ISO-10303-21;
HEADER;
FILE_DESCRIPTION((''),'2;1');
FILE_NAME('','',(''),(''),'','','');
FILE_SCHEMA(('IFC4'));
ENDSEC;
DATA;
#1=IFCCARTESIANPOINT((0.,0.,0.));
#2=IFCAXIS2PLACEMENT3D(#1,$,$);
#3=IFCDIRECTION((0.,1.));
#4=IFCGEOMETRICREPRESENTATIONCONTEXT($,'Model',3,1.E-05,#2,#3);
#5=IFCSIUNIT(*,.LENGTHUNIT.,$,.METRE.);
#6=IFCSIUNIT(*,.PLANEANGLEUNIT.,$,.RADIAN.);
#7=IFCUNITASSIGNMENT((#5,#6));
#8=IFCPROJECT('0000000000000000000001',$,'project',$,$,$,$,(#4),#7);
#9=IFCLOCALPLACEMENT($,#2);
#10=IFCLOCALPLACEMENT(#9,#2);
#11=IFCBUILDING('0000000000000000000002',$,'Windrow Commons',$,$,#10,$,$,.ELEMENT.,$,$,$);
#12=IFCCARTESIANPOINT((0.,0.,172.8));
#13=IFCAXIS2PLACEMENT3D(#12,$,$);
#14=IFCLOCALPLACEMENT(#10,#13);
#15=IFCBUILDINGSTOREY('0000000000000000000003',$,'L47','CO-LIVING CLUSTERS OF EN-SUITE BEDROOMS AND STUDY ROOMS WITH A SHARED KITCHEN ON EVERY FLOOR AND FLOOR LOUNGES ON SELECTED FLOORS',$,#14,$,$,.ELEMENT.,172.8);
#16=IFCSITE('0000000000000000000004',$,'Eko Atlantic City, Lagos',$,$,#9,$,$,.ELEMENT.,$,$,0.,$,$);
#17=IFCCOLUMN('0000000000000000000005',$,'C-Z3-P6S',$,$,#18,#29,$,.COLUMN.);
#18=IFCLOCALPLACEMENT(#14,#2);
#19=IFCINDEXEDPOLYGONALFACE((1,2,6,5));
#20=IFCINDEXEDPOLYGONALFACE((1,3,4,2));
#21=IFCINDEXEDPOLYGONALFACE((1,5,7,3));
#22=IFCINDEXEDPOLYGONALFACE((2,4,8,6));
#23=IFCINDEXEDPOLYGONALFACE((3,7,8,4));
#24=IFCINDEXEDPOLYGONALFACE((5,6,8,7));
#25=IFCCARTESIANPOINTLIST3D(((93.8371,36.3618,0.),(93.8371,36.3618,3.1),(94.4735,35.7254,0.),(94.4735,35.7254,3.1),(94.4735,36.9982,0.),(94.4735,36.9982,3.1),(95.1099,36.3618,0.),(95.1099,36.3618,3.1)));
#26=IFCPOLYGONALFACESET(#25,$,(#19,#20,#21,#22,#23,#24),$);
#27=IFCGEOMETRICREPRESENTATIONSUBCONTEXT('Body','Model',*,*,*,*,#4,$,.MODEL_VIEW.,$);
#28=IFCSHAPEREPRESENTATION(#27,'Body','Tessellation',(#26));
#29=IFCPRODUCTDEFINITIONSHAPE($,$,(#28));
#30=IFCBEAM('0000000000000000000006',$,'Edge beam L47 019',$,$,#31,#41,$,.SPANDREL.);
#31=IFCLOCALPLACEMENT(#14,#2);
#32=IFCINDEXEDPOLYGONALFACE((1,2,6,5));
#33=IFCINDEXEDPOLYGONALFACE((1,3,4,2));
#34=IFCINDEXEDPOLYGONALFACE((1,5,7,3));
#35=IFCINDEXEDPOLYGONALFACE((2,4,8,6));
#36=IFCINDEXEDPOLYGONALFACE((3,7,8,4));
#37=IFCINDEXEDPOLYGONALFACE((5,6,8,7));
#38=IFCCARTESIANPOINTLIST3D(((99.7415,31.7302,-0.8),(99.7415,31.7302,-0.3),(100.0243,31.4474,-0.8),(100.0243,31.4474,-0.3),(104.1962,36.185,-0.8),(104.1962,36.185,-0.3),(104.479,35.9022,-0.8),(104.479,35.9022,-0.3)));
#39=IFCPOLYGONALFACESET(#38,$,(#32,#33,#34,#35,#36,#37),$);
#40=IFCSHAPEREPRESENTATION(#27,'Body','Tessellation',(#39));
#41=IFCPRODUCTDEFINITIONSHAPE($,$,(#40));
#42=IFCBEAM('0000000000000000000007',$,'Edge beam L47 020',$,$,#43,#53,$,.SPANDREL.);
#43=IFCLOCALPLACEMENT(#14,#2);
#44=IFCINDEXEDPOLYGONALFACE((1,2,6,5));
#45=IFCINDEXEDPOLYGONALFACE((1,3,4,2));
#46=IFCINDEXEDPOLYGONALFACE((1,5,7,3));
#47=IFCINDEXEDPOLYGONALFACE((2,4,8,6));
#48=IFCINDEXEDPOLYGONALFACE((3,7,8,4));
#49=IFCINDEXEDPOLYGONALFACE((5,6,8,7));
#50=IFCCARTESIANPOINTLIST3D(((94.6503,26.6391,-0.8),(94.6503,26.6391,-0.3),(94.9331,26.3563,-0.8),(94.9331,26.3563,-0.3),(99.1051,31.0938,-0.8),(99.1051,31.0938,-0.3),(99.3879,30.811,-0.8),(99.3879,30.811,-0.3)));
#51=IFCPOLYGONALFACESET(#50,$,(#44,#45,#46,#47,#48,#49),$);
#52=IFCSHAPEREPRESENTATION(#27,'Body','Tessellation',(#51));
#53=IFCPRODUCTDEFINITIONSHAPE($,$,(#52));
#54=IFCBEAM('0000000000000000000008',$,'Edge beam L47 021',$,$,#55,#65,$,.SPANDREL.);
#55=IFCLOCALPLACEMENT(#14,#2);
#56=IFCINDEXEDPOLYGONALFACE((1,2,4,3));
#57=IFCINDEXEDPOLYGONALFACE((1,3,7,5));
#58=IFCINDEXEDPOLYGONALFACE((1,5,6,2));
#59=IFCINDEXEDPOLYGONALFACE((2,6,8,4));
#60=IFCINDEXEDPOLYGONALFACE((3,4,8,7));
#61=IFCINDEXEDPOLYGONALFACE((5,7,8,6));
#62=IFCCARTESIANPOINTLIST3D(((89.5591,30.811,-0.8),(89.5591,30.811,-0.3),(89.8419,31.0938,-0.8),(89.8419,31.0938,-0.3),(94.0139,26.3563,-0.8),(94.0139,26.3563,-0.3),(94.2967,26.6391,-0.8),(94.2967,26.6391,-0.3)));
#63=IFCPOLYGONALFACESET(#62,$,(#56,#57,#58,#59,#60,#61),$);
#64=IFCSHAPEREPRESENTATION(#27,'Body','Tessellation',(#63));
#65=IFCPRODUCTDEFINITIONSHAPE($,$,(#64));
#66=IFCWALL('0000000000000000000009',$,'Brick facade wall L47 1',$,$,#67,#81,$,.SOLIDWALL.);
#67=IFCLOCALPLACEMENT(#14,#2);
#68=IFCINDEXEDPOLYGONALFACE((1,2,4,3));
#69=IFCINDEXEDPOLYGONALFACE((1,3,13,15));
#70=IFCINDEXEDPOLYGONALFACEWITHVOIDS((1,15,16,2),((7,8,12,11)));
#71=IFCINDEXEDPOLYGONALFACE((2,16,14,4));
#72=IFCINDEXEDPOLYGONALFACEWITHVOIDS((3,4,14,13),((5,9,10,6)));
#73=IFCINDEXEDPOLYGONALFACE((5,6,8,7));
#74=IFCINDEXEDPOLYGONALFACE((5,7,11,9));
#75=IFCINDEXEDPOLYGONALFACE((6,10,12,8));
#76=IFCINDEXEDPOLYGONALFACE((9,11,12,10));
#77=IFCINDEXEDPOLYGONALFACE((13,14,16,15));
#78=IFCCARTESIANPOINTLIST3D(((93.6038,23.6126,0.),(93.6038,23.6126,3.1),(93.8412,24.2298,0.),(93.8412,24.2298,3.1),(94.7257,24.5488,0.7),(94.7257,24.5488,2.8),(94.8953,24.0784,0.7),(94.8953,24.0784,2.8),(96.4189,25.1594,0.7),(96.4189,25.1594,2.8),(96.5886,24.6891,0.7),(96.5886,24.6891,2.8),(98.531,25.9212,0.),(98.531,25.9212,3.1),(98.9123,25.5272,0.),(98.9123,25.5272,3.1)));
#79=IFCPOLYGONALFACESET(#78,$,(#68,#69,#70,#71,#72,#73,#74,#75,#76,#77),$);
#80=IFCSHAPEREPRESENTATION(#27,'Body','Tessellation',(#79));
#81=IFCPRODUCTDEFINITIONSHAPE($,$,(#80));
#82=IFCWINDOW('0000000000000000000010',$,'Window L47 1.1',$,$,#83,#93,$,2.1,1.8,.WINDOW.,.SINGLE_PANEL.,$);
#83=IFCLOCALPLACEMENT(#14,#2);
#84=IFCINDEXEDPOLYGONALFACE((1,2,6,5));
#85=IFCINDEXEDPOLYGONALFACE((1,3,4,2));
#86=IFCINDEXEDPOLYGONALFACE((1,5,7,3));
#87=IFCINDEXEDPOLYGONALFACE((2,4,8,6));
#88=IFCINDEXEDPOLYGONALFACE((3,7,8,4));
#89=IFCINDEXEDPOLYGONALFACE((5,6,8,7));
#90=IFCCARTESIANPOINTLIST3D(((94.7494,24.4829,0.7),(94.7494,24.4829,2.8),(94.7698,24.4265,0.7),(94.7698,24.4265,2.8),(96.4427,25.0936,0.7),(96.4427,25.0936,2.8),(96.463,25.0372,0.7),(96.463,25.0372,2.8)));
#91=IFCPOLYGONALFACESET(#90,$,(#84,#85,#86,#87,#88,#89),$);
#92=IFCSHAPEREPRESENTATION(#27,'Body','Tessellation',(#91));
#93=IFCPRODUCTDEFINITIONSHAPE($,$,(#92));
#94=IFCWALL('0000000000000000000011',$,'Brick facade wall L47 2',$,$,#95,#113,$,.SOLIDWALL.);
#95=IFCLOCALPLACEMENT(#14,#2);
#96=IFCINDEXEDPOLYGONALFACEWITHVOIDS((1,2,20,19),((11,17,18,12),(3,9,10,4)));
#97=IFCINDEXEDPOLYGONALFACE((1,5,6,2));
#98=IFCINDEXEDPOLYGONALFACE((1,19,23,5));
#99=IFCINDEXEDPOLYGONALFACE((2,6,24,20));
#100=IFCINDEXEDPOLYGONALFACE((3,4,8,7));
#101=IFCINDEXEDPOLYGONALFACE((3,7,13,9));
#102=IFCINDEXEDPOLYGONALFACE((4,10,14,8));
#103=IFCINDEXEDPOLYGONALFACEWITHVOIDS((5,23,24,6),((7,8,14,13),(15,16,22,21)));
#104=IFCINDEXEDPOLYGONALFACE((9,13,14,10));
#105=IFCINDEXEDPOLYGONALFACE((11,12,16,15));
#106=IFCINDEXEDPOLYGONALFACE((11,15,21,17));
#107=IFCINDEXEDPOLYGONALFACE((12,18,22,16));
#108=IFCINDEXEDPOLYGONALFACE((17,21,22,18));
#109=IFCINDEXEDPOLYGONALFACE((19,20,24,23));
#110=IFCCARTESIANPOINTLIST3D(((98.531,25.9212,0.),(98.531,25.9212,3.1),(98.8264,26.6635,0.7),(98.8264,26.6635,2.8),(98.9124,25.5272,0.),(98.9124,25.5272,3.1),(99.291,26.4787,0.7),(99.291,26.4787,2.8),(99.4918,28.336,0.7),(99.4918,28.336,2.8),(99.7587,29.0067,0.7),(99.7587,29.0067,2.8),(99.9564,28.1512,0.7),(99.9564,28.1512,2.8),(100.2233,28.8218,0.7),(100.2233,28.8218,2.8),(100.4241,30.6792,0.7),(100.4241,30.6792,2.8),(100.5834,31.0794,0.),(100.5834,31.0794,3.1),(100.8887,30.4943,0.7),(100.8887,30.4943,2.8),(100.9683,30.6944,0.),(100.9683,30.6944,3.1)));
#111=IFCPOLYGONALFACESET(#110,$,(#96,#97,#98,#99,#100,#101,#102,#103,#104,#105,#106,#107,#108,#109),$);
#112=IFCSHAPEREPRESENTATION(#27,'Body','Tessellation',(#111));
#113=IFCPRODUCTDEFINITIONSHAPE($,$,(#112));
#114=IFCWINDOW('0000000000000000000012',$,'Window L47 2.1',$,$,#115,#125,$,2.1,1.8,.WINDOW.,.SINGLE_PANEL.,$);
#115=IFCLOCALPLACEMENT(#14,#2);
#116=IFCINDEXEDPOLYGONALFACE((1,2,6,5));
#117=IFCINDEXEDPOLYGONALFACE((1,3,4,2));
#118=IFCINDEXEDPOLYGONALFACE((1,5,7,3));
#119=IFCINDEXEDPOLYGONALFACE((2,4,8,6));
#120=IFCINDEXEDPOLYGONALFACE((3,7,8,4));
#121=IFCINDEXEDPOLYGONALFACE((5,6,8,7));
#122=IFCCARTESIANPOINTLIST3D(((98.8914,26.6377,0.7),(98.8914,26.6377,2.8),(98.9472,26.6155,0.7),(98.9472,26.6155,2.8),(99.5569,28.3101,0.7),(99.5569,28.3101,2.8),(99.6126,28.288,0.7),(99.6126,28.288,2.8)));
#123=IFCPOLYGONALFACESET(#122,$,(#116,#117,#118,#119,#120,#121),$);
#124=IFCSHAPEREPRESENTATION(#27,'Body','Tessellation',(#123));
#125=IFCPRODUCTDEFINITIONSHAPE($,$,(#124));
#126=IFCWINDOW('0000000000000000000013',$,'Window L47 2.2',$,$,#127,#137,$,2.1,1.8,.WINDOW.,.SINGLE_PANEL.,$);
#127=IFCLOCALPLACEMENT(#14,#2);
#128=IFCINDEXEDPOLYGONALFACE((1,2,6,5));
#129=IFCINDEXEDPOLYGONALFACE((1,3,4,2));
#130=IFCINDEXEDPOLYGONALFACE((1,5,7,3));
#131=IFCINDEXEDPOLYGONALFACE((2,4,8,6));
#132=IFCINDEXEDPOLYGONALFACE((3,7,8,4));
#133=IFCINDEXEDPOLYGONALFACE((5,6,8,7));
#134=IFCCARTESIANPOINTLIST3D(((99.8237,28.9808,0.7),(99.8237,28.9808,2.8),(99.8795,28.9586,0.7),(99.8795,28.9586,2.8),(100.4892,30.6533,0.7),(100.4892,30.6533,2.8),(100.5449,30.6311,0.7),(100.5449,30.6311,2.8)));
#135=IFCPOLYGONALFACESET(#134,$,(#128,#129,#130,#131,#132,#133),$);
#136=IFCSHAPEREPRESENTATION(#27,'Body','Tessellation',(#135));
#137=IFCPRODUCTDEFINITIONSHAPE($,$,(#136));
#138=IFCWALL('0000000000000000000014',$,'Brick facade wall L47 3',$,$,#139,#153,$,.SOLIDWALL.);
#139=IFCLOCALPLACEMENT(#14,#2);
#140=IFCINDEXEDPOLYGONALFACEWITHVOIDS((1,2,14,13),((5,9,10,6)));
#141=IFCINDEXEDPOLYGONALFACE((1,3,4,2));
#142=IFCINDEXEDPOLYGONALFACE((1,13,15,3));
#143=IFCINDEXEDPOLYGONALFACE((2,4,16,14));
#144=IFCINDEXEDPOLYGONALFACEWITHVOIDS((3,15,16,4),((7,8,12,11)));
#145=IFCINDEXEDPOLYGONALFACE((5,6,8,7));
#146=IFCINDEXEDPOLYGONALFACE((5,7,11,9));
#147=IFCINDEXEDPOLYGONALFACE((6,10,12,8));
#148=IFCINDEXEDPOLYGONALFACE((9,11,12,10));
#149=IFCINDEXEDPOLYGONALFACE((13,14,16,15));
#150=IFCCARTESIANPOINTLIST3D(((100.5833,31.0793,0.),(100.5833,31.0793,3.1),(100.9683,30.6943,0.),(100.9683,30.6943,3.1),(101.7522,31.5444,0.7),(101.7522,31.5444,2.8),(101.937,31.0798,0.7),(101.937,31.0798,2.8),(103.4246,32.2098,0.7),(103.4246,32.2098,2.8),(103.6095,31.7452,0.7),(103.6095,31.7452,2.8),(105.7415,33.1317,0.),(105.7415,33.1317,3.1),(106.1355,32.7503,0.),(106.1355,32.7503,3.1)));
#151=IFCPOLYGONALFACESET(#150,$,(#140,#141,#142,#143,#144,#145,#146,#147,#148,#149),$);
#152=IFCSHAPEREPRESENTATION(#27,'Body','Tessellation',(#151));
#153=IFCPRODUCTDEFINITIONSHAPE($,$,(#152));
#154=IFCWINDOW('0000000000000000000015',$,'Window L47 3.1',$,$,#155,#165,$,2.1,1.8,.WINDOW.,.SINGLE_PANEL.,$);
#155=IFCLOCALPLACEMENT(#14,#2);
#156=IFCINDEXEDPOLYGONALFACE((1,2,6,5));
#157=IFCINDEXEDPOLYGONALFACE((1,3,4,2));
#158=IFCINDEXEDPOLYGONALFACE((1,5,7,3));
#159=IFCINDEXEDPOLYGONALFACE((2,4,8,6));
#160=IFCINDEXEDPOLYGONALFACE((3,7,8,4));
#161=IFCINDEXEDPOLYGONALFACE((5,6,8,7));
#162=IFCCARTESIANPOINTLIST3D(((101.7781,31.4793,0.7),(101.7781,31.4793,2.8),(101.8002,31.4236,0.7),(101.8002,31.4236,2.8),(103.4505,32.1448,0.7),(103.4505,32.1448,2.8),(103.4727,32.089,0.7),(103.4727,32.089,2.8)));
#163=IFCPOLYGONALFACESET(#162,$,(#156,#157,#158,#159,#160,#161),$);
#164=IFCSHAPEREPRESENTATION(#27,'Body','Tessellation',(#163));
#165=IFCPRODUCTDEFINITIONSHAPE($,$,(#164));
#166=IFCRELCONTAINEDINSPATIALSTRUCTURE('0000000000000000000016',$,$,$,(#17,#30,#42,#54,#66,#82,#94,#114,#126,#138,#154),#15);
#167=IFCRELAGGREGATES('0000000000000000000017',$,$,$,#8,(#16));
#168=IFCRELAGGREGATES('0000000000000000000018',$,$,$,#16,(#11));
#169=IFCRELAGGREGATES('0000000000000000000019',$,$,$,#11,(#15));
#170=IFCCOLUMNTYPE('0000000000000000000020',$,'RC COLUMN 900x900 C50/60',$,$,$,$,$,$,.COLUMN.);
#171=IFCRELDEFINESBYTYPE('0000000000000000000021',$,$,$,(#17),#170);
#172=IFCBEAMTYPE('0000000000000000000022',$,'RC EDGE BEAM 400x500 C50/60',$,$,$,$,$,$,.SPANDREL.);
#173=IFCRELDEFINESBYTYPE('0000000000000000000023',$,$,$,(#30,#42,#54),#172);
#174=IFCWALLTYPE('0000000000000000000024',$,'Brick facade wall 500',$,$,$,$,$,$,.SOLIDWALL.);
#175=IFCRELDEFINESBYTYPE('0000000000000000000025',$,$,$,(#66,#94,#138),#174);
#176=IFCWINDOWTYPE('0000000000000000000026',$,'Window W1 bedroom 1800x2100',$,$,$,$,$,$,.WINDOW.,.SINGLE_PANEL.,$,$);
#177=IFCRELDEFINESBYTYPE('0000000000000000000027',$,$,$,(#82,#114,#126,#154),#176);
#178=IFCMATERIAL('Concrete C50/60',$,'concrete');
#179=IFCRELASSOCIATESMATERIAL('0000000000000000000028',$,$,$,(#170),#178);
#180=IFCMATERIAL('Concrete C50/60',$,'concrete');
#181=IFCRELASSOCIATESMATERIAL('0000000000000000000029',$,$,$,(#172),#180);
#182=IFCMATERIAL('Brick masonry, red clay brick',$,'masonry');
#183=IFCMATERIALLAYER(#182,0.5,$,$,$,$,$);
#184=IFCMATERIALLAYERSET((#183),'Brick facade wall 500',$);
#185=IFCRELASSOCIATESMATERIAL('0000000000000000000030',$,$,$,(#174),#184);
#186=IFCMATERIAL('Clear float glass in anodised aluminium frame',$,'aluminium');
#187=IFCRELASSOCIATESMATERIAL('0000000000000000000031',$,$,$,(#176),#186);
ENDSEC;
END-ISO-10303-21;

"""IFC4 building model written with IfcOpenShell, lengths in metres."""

from ifc_helpers import new_model, si_unit, direction, frame, frame_2d, origin, origin_2d, place, context, subcontext, project, spatial, polyline, rectangle, outline, extrude, material, layer, layer_set, material_profile, profile_set, type_object, element, fill, save


model = new_model("IFC4")

# Units and contexts
model_context = context("Model", 3, precision=1e-05, world=origin(), true_north=direction((0.0, 1.0)))
body_context = subcontext(model_context, "Body", "Model", "MODEL_VIEW")
ifc_project = project(units=[si_unit("LENGTHUNIT", "METRE"), si_unit("PLANEANGLEUNIT", "RADIAN")], contexts=[model_context])

# Site, building, storey
site_placement = place(None, origin())
site = spatial("IfcSite", under=ifc_project, at=site_placement, Name="Eko Atlantic City, Lagos", CompositionType="ELEMENT", RefElevation=0.0)
building_placement = place(site_placement, origin())
building = spatial("IfcBuilding", under=site, at=building_placement, Name="Windrow Commons", CompositionType="ELEMENT")
storey_placement = place(building_placement, frame((0.0, 0.0, 172.8)))
storey = spatial("IfcBuildingStorey", under=building, at=storey_placement, Name="L47", Description="CO-LIVING CLUSTERS OF EN-SUITE BEDROOMS AND STUDY ROOMS WITH A SHARED KITCHEN ON EVERY FLOOR AND FLOOR LOUNGES ON SELECTED FLOORS", CompositionType="ELEMENT", Elevation=172.8)

# Column
ifc_material_1 = material(Name="Concrete C50/60", Category="concrete")
ifc_material_profile_1 = material_profile(ifc_material_1, rectangle(XDim=0.9, YDim=0.9, at=origin_2d()))
ifc_profile_set_1 = profile_set([ifc_material_profile_1], Name="Concrete C50/60")
column_type = type_object("IfcColumnType", Name="RC COLUMN 900x900 C50/60", PredefinedType="COLUMN", material=ifc_profile_set_1)
column_placement = place(storey_placement, frame((94.4735, 36.3618, 0.0), z_axis=(0.0, 0.0, 1.0), x_axis=(0.707107, -0.707107, 0.0)))
element("IfcColumn", 1, at=column_placement, inside=storey, type_object=column_type, Name="C-Z3-P6S", PredefinedType="COLUMN", context=body_context, shape_type="SweptSolid", body=[
    extrude(rectangle(XDim=0.9, YDim=0.9, at=origin_2d()), origin(), (0.0, 0.0, 1.0), 3.1),
])

# Beams
ifc_material_2 = material(Name="Concrete C50/60", Category="concrete")
ifc_material_profile_2 = material_profile(ifc_material_2, rectangle(XDim=0.4, YDim=0.5, at=origin_2d()))
ifc_profile_set_2 = profile_set([ifc_material_profile_2], Name="Concrete C50/60")
beam_type = type_object("IfcBeamType", Name="RC EDGE BEAM 400x500 C50/60", PredefinedType="SPANDREL", material=ifc_profile_set_2)
for number, where, z_axis, x_axis, name in (
    (2, (104.3376, 36.0436, -0.55), (-0.707099, -0.707115, 0.0), (0.707115, -0.707099, 0.0), "Edge beam L47 019"),
    (3, (99.2465, 30.9524, -0.55), (-0.707115, -0.707099, 0.0), (0.707099, -0.707115, 0.0), "Edge beam L47 020"),
    (4, (94.1553, 26.4977, -0.55), (-0.707115, 0.707099, 0.0), (-0.707099, -0.707115, 0.0), "Edge beam L47 021"),
):
    element("IfcBeam", number, at=place(storey_placement, frame(where, z_axis=z_axis, x_axis=x_axis)), inside=storey, type_object=beam_type, Name=name, PredefinedType="SPANDREL", context=body_context, shape_type="SweptSolid", body=[
        extrude(rectangle(XDim=0.4, YDim=0.5, at=origin_2d()), origin(), (0.0, 0.0, 1.0), 6.3),
    ])

# Wall, opening, window
ifc_material_3 = material(Name="Brick masonry, red clay brick", Category="masonry")
ifc_layer_1 = layer(ifc_material_3, 0.5)
ifc_layer_set_1 = layer_set([ifc_layer_1], Name="Brick facade wall 500")
wall_type_1 = type_object("IfcWallType", Name="Brick facade wall 500", PredefinedType="SOLIDWALL", material=ifc_layer_set_1)
wall_1_placement = place(storey_placement, frame((93.7225, 23.9212, 0.0), z_axis=(0.0, 0.0, 1.0), x_axis=(0.94069, 0.339267, 0.0)))
wall_1 = element("IfcWall", 5, at=wall_1_placement, inside=storey, type_object=wall_type_1, Name="Brick facade wall L47 1", PredefinedType="SOLIDWALL", context=body_context, shape_type="SweptSolid", body=[
    extrude(outline(polyline([(-0.2164, -0.25), (5.4269, -0.25), (5.2018, 0.25), (0.2164, 0.25), (-0.2164, -0.25)])), origin(), (0.0, 0.0, 1.0), 3.1),
])
opening_1_placement = place(wall_1_placement, frame((1.1566, 0.0, 0.7)))
opening_1 = element("IfcOpeningElement", 6, at=opening_1_placement, cuts=wall_1, PredefinedType="OPENING", context=body_context, shape_type="SweptSolid", body=[
    extrude(rectangle(XDim=1.8, YDim=2.1, at=frame_2d((0.9, 1.05))), frame((0.0, 0.26, 0.0), z_axis=(0.0, -1.0, 0.0), x_axis=(1.0, 0.0, 0.0)), (0.0, 0.0, 1.0), 0.52),
])
ifc_material_4 = material(Name="Clear float glass in anodised aluminium frame", Category="aluminium")
window_type_1 = type_object("IfcWindowType", Name="Window W1 bedroom 1800x2100", PartitioningType="SINGLE_PANEL", PredefinedType="WINDOW", material=ifc_material_4)
window_1_placement = place(opening_1_placement, origin())
window_1 = element("IfcWindow", 7, at=window_1_placement, inside=storey, type_object=window_type_1, Name="Window L47 1.1", OverallHeight=2.1, OverallWidth=1.8, PartitioningType="SINGLE_PANEL", PredefinedType="WINDOW", context=body_context, shape_type="SweptSolid", body=[
    extrude(rectangle(XDim=1.8, YDim=2.1, at=frame_2d((0.9, 1.05))), frame((0.0, 0.18, 0.0), z_axis=(0.0, -1.0, 0.0), x_axis=(1.0, 0.0, 0.0)), (0.0, 0.0, 1.0), 0.06),
])
fill(opening_1, window_1)

# Wall, openings, windows
wall_2_placement = place(storey_placement, frame((98.7217, 25.7242, 0.0), z_axis=(0.0, 0.0, 1.0), x_axis=(0.369693, 0.929154, 0.0)))
wall_2 = element("IfcWall", 8, at=wall_2_placement, inside=storey, type_object=wall_type_1, Name="Brick facade wall L47 2", PredefinedType="SOLIDWALL", context=body_context, shape_type="SweptSolid", body=[
    extrude(outline(polyline([(-0.1125, -0.25), (5.4486, -0.25), (5.664, 0.25), (0.1125, 0.25), (-0.1125, -0.25)])), origin(), (0.0, 0.0, 1.0), 3.1),
])
opening_2_placement = place(wall_2_placement, frame((0.9115, 0.0, 0.7)))
opening_2 = element("IfcOpeningElement", 9, at=opening_2_placement, cuts=wall_2, PredefinedType="OPENING", context=body_context, shape_type="SweptSolid", body=[
    extrude(rectangle(XDim=1.8, YDim=2.1, at=frame_2d((0.9, 1.05))), frame((0.0, 0.26, 0.0), z_axis=(0.0, -1.0, 0.0), x_axis=(1.0, 0.0, 0.0)), (0.0, 0.0, 1.0), 0.52),
])
opening_3_placement = place(wall_2_placement, frame((3.4333, 0.0, 0.7)))
opening_3 = element("IfcOpeningElement", 10, at=opening_3_placement, cuts=wall_2, PredefinedType="OPENING", context=body_context, shape_type="SweptSolid", body=[
    extrude(rectangle(XDim=1.8, YDim=2.1, at=frame_2d((0.9, 1.05))), frame((0.0, 0.26, 0.0), z_axis=(0.0, -1.0, 0.0), x_axis=(1.0, 0.0, 0.0)), (0.0, 0.0, 1.0), 0.52),
])
window_2_placement = place(opening_2_placement, origin())
window_2 = element("IfcWindow", 11, at=window_2_placement, inside=storey, type_object=window_type_1, Name="Window L47 2.1", OverallHeight=2.1, OverallWidth=1.8, PartitioningType="SINGLE_PANEL", PredefinedType="WINDOW", context=body_context, shape_type="SweptSolid", body=[
    extrude(rectangle(XDim=1.8, YDim=2.1, at=frame_2d((0.9, 1.05))), frame((0.0, 0.18, 0.0), z_axis=(0.0, -1.0, 0.0), x_axis=(1.0, 0.0, 0.0)), (0.0, 0.0, 1.0), 0.06),
])
fill(opening_2, window_2)
window_3_placement = place(opening_3_placement, origin())
window_3 = element("IfcWindow", 12, at=window_3_placement, inside=storey, type_object=window_type_1, Name="Window L47 2.2", OverallHeight=2.1, OverallWidth=1.8, PartitioningType="SINGLE_PANEL", PredefinedType="WINDOW", context=body_context, shape_type="SweptSolid", body=[
    extrude(rectangle(XDim=1.8, YDim=2.1, at=frame_2d((0.9, 1.05))), frame((0.0, 0.18, 0.0), z_axis=(0.0, -1.0, 0.0), x_axis=(1.0, 0.0, 0.0)), (0.0, 0.0, 1.0), 0.06),
])
fill(opening_3, window_3)

# Wall, opening, window
wall_3_placement = place(storey_placement, frame((100.7758, 30.8868, 0.0), z_axis=(0.0, 0.0, 1.0), x_axis=(0.92915, 0.369702, 0.0)))
wall_3 = element("IfcWall", 13, at=wall_3_placement, inside=storey, type_object=wall_type_1, Name="Brick facade wall L47 3", PredefinedType="SOLIDWALL", context=body_context, shape_type="SweptSolid", body=[
    extrude(outline(polyline([(0.1077, -0.25), (5.6689, -0.25), (5.4438, 0.25), (-0.1077, 0.25), (0.1077, -0.25)])), origin(), (0.0, 0.0, 1.0), 3.1),
])
opening_4_placement = place(wall_3_placement, frame((1.1503, 0.0, 0.7)))
opening_4 = element("IfcOpeningElement", 14, at=opening_4_placement, cuts=wall_3, PredefinedType="OPENING", context=body_context, shape_type="SweptSolid", body=[
    extrude(rectangle(XDim=1.8, YDim=2.1, at=frame_2d((0.9, 1.05))), frame((0.0, 0.26, 0.0), z_axis=(0.0, -1.0, 0.0), x_axis=(1.0, 0.0, 0.0)), (0.0, 0.0, 1.0), 0.52),
])
window_4_placement = place(opening_4_placement, origin())
window_4 = element("IfcWindow", 15, at=window_4_placement, inside=storey, type_object=window_type_1, Name="Window L47 3.1", OverallHeight=2.1, OverallWidth=1.8, PartitioningType="SINGLE_PANEL", PredefinedType="WINDOW", context=body_context, shape_type="SweptSolid", body=[
    extrude(rectangle(XDim=1.8, YDim=2.1, at=frame_2d((0.9, 1.05))), frame((0.0, 0.18, 0.0), z_axis=(0.0, -1.0, 0.0), x_axis=(1.0, 0.0, 0.0)), (0.0, 0.0, 1.0), 0.06),
])
fill(opening_4, window_4)

save(model, "model.ifc")
